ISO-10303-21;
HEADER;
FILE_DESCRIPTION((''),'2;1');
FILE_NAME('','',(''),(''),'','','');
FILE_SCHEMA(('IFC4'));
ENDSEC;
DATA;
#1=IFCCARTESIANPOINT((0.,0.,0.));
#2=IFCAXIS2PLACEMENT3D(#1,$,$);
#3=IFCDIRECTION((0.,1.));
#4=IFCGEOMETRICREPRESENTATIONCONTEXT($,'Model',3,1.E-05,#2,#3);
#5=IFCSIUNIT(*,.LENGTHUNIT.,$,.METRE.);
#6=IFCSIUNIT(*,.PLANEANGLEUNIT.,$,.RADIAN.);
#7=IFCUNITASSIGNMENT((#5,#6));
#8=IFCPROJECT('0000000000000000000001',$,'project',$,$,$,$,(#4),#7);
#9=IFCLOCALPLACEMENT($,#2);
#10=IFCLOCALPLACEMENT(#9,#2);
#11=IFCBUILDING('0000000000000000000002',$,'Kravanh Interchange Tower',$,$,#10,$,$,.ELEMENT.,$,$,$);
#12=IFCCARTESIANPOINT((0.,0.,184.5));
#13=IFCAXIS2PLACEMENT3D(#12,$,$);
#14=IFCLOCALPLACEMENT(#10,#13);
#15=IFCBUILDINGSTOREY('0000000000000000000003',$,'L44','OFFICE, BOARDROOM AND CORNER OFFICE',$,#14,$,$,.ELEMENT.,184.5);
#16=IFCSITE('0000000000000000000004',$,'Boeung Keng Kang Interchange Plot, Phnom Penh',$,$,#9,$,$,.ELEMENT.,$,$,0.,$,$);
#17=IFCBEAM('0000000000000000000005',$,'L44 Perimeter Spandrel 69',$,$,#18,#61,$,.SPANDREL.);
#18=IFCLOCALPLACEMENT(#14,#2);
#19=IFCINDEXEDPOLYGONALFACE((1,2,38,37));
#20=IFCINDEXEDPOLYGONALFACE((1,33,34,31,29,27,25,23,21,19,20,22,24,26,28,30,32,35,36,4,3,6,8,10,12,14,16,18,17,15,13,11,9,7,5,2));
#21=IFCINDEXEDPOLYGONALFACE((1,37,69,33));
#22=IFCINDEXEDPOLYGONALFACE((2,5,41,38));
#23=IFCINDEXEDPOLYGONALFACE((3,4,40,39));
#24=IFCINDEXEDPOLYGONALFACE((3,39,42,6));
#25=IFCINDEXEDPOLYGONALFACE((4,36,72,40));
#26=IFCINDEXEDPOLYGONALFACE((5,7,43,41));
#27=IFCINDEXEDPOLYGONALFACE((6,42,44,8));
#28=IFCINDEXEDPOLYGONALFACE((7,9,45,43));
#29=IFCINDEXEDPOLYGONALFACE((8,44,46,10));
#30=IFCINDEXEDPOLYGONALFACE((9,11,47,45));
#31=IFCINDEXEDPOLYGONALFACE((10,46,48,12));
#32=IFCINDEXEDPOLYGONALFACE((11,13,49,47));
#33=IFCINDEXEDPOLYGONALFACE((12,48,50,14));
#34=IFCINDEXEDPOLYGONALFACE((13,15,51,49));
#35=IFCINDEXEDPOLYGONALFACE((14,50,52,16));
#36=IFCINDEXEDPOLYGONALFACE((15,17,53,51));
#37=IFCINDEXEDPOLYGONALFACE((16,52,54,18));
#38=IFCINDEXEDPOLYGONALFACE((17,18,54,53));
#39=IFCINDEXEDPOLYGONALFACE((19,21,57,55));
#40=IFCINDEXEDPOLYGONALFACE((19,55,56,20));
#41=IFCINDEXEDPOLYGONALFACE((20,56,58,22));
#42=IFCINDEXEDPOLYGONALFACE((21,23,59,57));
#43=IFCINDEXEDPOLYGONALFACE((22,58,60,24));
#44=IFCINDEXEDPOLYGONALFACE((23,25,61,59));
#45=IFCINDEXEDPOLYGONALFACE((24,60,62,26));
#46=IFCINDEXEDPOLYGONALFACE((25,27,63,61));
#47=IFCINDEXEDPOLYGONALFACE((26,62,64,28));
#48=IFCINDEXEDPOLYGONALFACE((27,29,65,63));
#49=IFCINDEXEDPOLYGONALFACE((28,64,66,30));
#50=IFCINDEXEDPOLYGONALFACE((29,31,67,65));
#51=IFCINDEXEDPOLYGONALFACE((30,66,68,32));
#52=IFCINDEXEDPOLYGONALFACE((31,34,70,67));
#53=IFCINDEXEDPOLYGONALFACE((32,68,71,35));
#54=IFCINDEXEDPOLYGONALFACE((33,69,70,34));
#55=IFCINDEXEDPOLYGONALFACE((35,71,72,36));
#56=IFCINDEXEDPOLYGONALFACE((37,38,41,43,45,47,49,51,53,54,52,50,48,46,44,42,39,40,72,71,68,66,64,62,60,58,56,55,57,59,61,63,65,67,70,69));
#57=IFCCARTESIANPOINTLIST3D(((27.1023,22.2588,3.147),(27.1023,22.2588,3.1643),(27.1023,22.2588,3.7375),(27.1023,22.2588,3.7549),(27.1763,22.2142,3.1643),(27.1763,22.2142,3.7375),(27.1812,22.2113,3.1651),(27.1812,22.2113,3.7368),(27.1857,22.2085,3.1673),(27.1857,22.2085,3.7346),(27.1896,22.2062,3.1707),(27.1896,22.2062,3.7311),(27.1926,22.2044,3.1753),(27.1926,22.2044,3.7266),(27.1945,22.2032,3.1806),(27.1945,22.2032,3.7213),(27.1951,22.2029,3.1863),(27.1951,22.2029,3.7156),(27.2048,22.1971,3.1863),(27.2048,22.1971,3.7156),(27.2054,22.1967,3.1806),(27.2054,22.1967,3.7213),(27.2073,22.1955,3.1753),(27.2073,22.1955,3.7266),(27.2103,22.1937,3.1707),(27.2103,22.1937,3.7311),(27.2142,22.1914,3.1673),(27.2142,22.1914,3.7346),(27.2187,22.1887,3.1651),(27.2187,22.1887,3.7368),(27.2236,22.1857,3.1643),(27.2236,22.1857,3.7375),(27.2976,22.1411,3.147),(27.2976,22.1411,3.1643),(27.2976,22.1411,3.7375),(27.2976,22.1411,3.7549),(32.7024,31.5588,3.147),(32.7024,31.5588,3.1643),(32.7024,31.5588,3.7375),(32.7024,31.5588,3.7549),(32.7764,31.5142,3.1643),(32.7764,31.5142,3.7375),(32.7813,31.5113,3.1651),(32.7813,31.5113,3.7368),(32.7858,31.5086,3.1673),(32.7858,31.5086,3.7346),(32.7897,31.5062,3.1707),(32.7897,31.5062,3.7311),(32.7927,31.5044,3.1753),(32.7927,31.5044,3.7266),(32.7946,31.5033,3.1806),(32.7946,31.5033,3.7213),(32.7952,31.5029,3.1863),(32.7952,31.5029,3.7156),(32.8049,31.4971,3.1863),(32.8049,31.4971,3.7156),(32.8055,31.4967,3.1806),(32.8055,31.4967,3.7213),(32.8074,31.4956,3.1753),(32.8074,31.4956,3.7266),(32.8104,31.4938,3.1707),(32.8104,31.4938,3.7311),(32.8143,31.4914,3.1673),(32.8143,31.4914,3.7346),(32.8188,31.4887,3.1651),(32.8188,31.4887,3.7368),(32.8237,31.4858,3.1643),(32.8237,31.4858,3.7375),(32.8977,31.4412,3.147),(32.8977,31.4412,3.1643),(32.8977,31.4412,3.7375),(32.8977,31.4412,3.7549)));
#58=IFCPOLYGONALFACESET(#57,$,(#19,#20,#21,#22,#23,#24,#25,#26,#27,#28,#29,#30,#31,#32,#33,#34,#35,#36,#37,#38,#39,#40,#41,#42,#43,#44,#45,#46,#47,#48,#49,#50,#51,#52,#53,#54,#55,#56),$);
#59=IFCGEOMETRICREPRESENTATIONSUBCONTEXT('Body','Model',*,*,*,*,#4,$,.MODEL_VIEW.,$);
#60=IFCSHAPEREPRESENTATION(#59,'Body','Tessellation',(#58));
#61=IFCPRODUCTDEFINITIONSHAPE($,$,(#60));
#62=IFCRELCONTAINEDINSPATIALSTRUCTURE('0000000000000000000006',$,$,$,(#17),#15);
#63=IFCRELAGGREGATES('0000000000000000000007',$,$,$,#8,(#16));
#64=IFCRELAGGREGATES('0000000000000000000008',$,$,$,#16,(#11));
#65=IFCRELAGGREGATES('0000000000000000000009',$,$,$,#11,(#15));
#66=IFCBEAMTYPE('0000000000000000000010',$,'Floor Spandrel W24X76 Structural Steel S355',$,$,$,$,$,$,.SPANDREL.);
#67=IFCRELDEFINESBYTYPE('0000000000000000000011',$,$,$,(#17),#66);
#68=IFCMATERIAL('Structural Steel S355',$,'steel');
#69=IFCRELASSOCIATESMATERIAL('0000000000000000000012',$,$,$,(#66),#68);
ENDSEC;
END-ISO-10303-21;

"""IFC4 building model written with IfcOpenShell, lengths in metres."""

from ifc_helpers import new_model, si_unit, direction, frame, origin, origin_2d, place, context, subcontext, project, spatial, i_section, extrude, material, material_profile, profile_set, type_object, element, save


model = new_model("IFC4")

# Units and contexts
model_context = context("Model", 3, precision=1e-05, world=origin(), true_north=direction((0.0, 1.0)))
body_context = subcontext(model_context, "Body", "Model", "MODEL_VIEW")
ifc_project = project(units=[si_unit("LENGTHUNIT", "METRE"), si_unit("PLANEANGLEUNIT", "RADIAN")], contexts=[model_context])

# Site, building, storey
site_placement = place(None, origin())
site = spatial("IfcSite", under=ifc_project, at=site_placement, Name="Boeung Keng Kang Interchange Plot, Phnom Penh", CompositionType="ELEMENT", RefElevation=0.0)
building_placement = place(site_placement, origin())
building = spatial("IfcBuilding", under=site, at=building_placement, Name="Kravanh Interchange Tower", CompositionType="ELEMENT")
storey_placement = place(building_placement, frame((0.0, 0.0, 184.5)))
storey = spatial("IfcBuildingStorey", under=building, at=storey_placement, Name="L44", Description="OFFICE, BOARDROOM AND CORNER OFFICE", CompositionType="ELEMENT", Elevation=184.5)

# Beam
ifc_material_1 = material(Name="Structural Steel S355", Category="steel")
ifc_material_profile_1 = material_profile(ifc_material_1, i_section(OverallWidth=0.228, OverallDepth=0.6079, WebThickness=0.0112, FlangeThickness=0.0173, FilletRadius=0.022, at=origin_2d()), Name="W24X76")
ifc_profile_set_1 = profile_set([ifc_material_profile_1], Name="Structural Steel S355")
beam_type_1 = type_object("IfcBeamType", Name="Floor Spandrel W24X76 Structural Steel S355", PredefinedType="SPANDREL", material=ifc_profile_set_1)
beam_1_placement = place(storey_placement, frame((32.8, 31.5, 3.4509), z_axis=(-0.515854, -0.856676, 0.0), x_axis=(0.856676, -0.515854, 0.0)))
element("IfcBeam", 1, at=beam_1_placement, inside=storey, type_object=beam_type_1, Name="L44 Perimeter Spandrel 69", PredefinedType="SPANDREL", context=body_context, shape_type="SweptSolid", body=[
    extrude(i_section(OverallWidth=0.228, OverallDepth=0.6079, WebThickness=0.0112, FlangeThickness=0.0173, FilletRadius=0.022, at=origin_2d()), origin(), (0.0, 0.0, 1.0), 10.856),
])

save(model, "model.ifc")
